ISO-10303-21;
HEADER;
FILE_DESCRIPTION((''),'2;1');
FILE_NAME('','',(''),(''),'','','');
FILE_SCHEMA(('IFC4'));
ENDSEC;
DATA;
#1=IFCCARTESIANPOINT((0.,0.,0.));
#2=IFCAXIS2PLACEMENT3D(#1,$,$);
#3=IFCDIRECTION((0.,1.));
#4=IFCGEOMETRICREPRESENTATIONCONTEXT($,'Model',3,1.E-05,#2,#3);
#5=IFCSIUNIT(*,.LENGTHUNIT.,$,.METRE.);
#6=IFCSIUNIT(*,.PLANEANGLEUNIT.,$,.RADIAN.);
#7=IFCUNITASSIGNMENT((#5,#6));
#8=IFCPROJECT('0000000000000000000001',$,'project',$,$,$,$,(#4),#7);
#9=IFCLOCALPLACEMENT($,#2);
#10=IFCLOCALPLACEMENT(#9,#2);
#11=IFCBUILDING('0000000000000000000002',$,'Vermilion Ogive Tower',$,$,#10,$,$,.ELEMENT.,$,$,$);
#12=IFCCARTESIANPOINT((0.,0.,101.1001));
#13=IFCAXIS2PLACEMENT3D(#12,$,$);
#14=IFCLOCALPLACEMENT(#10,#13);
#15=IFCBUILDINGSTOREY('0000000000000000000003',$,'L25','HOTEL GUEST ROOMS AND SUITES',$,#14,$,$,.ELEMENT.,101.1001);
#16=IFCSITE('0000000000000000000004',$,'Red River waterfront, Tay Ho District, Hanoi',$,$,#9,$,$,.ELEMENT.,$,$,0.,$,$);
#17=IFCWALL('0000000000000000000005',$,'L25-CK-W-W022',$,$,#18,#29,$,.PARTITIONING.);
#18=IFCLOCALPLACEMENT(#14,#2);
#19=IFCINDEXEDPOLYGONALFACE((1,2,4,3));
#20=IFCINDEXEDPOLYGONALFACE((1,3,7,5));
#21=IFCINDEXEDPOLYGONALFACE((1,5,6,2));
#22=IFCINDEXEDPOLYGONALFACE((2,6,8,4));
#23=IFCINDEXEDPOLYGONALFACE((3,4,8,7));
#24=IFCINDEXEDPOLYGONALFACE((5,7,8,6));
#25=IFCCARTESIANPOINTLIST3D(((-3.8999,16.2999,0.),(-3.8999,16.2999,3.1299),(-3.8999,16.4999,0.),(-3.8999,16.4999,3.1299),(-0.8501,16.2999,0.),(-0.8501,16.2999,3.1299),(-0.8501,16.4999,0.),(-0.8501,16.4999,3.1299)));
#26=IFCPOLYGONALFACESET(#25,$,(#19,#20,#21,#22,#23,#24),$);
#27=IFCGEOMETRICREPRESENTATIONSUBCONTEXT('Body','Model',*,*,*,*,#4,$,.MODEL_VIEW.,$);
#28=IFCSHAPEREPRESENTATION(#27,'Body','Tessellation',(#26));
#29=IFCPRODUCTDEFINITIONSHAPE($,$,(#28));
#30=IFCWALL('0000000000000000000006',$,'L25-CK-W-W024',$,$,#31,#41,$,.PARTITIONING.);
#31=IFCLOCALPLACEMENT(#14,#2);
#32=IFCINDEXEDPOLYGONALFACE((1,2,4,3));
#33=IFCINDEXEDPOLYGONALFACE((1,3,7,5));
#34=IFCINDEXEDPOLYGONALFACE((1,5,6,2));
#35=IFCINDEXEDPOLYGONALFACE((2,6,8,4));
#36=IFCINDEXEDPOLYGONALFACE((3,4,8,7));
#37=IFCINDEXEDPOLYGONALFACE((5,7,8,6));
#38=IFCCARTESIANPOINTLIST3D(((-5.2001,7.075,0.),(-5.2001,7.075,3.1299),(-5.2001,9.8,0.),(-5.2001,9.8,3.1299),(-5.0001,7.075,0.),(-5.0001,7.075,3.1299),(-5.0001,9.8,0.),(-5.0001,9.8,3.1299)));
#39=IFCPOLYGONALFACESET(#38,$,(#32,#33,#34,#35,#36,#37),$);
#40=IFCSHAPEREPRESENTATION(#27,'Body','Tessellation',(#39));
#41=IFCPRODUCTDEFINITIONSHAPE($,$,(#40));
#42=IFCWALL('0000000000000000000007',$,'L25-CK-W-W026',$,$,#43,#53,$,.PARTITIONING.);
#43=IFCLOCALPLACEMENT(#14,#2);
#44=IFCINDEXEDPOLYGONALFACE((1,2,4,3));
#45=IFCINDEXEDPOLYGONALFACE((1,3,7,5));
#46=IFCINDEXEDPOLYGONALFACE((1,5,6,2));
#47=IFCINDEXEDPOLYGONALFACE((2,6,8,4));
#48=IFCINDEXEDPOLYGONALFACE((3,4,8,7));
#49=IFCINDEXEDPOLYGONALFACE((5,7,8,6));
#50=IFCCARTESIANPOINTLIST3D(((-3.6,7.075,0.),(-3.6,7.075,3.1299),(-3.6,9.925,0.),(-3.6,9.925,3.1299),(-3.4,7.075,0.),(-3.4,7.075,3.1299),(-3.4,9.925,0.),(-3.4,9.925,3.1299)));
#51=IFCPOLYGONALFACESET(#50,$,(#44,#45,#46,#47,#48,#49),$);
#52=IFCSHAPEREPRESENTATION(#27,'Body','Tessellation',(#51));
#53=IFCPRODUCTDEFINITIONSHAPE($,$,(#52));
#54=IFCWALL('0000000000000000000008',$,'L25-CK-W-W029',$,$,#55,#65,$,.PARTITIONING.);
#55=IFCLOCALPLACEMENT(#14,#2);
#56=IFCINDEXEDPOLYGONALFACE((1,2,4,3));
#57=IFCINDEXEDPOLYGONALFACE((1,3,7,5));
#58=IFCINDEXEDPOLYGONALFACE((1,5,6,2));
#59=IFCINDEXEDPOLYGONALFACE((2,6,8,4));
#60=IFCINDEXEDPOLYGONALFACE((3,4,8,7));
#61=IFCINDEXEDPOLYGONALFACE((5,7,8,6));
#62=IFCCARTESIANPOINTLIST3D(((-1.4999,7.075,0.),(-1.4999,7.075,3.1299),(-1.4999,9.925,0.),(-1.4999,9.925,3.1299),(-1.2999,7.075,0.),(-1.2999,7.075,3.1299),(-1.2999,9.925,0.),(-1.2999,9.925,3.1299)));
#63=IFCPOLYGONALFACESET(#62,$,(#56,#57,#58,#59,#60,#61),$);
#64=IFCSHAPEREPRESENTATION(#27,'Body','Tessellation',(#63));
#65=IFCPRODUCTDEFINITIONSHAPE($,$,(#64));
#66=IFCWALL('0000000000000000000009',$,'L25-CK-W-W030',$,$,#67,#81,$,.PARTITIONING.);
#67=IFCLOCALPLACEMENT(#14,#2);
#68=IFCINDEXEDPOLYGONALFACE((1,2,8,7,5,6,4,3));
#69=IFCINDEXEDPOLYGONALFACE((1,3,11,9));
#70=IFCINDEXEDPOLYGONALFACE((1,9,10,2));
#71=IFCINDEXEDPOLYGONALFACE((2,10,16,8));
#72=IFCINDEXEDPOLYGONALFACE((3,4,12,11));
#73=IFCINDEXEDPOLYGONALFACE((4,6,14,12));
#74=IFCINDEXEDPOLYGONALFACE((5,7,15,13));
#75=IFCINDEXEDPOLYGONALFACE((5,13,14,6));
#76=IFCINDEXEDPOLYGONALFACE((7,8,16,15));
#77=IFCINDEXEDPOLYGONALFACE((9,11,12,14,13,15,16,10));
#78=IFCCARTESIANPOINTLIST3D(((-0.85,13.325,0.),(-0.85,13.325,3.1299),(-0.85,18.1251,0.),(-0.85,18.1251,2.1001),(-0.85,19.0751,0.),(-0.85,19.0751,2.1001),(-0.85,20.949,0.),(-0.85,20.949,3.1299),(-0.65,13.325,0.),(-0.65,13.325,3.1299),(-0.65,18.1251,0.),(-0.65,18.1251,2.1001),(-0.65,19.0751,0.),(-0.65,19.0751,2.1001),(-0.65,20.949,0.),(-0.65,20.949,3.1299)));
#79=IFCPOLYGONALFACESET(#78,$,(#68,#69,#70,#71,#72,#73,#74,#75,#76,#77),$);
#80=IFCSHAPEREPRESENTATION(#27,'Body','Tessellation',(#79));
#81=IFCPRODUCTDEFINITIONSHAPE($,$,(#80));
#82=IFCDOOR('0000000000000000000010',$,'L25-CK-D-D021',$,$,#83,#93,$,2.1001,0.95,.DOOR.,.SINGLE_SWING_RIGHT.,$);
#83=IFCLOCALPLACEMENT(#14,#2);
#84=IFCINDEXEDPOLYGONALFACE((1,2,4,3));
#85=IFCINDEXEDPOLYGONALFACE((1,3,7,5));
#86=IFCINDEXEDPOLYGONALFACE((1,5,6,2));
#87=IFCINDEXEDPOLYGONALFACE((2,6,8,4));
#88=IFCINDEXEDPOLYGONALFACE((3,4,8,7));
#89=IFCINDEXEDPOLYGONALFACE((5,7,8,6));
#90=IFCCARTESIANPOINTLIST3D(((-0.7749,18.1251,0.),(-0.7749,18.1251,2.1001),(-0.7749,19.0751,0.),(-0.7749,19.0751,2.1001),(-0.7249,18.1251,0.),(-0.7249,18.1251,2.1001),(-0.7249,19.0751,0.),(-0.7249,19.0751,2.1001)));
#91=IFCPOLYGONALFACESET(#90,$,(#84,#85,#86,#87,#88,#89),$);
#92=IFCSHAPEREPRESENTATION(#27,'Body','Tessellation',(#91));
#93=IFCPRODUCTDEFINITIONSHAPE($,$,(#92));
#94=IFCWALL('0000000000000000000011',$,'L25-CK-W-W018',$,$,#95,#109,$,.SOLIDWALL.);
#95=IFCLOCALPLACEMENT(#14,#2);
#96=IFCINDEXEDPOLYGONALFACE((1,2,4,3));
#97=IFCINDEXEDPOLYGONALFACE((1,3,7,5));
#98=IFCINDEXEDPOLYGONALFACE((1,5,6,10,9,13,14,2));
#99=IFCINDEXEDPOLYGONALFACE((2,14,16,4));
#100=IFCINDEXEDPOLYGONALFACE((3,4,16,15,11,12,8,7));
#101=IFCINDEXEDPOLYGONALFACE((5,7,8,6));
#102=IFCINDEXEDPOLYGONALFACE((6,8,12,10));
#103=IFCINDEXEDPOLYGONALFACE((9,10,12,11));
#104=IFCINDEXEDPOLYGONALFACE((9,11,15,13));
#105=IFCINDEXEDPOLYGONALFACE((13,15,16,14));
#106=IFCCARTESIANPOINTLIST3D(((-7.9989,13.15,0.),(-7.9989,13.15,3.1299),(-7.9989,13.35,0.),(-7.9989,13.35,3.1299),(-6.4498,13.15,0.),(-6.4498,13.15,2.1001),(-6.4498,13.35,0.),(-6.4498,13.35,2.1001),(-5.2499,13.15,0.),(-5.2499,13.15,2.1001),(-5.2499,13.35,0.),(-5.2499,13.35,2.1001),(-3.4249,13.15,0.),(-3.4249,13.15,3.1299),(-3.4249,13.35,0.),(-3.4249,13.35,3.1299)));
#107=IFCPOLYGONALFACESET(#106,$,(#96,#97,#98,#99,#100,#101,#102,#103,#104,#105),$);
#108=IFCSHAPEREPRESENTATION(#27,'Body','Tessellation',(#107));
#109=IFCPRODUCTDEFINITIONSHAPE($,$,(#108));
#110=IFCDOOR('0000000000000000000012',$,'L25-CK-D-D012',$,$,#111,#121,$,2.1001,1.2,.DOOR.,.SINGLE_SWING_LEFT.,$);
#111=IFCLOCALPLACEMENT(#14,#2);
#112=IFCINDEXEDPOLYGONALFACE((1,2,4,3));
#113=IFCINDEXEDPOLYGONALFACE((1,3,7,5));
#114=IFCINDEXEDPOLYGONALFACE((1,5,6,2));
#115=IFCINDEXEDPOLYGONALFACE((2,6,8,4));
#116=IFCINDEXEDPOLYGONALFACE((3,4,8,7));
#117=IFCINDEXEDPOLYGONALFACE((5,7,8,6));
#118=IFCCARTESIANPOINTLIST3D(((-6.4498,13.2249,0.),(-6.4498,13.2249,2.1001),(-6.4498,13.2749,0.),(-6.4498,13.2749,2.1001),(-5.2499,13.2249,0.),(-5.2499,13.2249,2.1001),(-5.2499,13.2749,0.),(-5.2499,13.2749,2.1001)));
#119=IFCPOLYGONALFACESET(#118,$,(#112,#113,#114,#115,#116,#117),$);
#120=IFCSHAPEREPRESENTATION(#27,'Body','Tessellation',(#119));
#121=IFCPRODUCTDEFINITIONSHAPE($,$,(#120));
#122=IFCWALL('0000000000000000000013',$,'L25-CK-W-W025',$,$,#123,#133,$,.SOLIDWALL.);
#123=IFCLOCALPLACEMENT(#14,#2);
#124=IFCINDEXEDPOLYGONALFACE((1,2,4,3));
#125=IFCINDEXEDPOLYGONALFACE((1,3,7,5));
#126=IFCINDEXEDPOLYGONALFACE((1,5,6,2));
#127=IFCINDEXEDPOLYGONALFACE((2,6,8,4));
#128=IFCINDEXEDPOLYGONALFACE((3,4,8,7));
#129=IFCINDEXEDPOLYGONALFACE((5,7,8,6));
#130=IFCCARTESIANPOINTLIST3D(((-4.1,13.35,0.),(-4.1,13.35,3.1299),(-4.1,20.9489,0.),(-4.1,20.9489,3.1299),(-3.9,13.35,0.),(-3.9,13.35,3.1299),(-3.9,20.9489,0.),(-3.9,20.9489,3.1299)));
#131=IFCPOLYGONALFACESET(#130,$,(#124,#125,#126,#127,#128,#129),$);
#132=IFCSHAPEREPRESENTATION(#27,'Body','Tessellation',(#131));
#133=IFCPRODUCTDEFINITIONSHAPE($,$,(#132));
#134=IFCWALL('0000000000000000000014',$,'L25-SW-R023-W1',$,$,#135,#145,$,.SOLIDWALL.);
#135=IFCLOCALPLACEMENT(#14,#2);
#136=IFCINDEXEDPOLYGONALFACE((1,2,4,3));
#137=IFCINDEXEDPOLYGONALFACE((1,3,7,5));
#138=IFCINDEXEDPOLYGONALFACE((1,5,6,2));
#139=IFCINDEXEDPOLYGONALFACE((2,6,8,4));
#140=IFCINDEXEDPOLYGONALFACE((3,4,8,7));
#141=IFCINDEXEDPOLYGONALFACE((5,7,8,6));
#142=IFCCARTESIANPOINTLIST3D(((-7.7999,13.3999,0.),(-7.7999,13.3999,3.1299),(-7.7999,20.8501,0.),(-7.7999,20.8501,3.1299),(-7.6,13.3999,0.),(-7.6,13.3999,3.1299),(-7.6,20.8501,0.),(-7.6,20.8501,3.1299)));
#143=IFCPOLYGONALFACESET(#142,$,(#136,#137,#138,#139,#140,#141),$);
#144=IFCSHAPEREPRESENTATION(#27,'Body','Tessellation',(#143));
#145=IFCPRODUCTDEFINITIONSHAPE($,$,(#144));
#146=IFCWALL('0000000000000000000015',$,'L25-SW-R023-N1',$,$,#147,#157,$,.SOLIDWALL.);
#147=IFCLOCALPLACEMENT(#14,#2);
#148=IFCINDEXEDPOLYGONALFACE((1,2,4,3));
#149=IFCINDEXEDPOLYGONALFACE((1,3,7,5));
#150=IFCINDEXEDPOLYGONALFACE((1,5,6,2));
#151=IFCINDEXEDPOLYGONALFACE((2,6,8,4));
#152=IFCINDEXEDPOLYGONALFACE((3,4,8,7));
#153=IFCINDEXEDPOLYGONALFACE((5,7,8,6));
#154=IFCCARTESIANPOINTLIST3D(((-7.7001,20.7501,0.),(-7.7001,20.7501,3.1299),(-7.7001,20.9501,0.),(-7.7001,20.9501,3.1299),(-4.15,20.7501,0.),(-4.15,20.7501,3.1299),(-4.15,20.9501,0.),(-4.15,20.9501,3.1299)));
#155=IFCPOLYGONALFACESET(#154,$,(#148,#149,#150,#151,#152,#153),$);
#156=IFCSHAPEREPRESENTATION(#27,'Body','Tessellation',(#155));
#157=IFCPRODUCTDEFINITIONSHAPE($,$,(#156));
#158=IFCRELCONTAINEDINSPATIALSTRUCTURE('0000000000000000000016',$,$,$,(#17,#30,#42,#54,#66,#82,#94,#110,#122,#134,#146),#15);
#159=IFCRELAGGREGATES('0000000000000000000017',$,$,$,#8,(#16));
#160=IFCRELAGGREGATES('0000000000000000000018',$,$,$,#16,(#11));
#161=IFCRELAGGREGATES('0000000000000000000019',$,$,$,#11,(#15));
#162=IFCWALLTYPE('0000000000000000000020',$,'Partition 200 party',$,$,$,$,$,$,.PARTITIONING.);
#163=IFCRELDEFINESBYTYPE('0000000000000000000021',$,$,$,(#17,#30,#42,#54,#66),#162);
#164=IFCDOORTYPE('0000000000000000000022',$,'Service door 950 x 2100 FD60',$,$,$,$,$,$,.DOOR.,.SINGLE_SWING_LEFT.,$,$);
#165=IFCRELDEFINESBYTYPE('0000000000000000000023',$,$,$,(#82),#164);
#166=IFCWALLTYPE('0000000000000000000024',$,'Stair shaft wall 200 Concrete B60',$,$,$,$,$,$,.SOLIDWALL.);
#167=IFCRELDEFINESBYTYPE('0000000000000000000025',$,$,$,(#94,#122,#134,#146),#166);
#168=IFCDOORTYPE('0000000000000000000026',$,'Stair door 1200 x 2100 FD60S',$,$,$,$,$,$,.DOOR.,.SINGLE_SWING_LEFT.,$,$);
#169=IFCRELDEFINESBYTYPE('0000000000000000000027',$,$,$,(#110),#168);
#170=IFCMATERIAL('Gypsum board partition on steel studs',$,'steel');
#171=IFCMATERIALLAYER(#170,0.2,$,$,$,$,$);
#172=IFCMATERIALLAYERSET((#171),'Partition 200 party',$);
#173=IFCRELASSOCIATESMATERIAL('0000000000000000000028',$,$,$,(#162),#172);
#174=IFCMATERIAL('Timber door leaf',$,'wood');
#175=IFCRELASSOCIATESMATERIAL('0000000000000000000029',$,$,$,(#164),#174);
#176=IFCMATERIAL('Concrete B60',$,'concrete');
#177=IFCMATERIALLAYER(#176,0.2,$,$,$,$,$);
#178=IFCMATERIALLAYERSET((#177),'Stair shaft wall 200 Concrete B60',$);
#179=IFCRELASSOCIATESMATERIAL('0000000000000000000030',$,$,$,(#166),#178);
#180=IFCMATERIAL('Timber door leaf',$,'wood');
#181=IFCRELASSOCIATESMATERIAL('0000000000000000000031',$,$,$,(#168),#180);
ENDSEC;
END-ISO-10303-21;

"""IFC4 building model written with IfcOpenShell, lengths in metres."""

from ifc_helpers import new_model, si_unit, direction, frame, frame_2d, origin, place, context, subcontext, project, spatial, rectangle, extrude, material, layer, layer_set, type_object, element, fill, save


model = new_model("IFC4")

# Units and contexts
model_context = context("Model", 3, precision=1e-05, world=origin(), true_north=direction((0.0, 1.0)))
body_context = subcontext(model_context, "Body", "Model", "MODEL_VIEW")
ifc_project = project(units=[si_unit("LENGTHUNIT", "METRE"), si_unit("PLANEANGLEUNIT", "RADIAN")], contexts=[model_context])

# Site, building, storey
site_placement = place(None, origin())
site = spatial("IfcSite", under=ifc_project, at=site_placement, Name="Red River waterfront, Tay Ho District, Hanoi", CompositionType="ELEMENT", RefElevation=0.0)
building_placement = place(site_placement, origin())
building = spatial("IfcBuilding", under=site, at=building_placement, Name="Vermilion Ogive Tower", CompositionType="ELEMENT")
storey_placement = place(building_placement, frame((0.0, 0.0, 101.1001)))
storey = spatial("IfcBuildingStorey", under=building, at=storey_placement, Name="L25", Description="HOTEL GUEST ROOMS AND SUITES", CompositionType="ELEMENT", Elevation=101.1001)

# Walls
ifc_material_1 = material(Name="Gypsum board partition on steel studs", Category="steel")
ifc_layer_1 = layer(ifc_material_1, 0.2)
ifc_layer_set_1 = layer_set([ifc_layer_1], Name="Partition 200 party")
wall_type_1 = type_object("IfcWallType", Name="Partition 200 party", PredefinedType="PARTITIONING", material=ifc_layer_set_1)
wall_1_placement = place(storey_placement, frame((-3.8999, 16.3999, 0.0), z_axis=(0.0, 0.0, 1.0), x_axis=(1.0, 0.0, 0.0)))
element("IfcWall", 1, at=wall_1_placement, inside=storey, type_object=wall_type_1, Name="L25-CK-W-W022", PredefinedType="PARTITIONING", context=body_context, shape_type="SweptSolid", body=[
    extrude(rectangle(XDim=3.0498, YDim=0.2, at=frame_2d((1.5249, 0.0))), origin(), (0.0, 0.0, 1.0), 3.1299),
])
wall_2_placement = place(storey_placement, frame((-5.1001, 7.075, 0.0), z_axis=(0.0, 0.0, 1.0), x_axis=(0.0, 1.0, 0.0)))
element("IfcWall", 2, at=wall_2_placement, inside=storey, type_object=wall_type_1, Name="L25-CK-W-W024", PredefinedType="PARTITIONING", context=body_context, shape_type="SweptSolid", body=[
    extrude(rectangle(XDim=2.7251, YDim=0.2, at=frame_2d((1.3625, 0.0))), origin(), (0.0, 0.0, 1.0), 3.1299),
])
for number, where, z_axis, x_axis, name in (
    (3, (-3.5, 7.075, 0.0), (0.0, 0.0, 1.0), (0.0, 1.0, 0.0), "L25-CK-W-W026"),
    (4, (-1.3999, 7.075, 0.0), (0.0, 0.0, 1.0), (0.0, 1.0, 0.0), "L25-CK-W-W029"),
):
    element("IfcWall", number, at=place(storey_placement, frame(where, z_axis=z_axis, x_axis=x_axis)), inside=storey, type_object=wall_type_1, Name=name, PredefinedType="PARTITIONING", context=body_context, shape_type="SweptSolid", body=[
        extrude(rectangle(XDim=2.8501, YDim=0.2, at=frame_2d((1.425, 0.0))), origin(), (0.0, 0.0, 1.0), 3.1299),
    ])

# Walls, openings, doors
wall_3_placement = place(storey_placement, frame((-0.75, 13.325, 0.0), z_axis=(0.0, 0.0, 1.0), x_axis=(0.0, 1.0, 0.0)))
wall_3 = element("IfcWall", 5, at=wall_3_placement, inside=storey, type_object=wall_type_1, Name="L25-CK-W-W030", PredefinedType="PARTITIONING", context=body_context, shape_type="SweptSolid", body=[
    extrude(rectangle(XDim=7.624, YDim=0.2, at=frame_2d((3.812, 0.0))), origin(), (0.0, 0.0, 1.0), 3.1299),
])
opening_1_placement = place(wall_3_placement, frame((4.8, 0.0, 0.0)))
opening_1 = element("IfcOpeningElement", 6, at=opening_1_placement, cuts=wall_3, PredefinedType="OPENING", context=body_context, shape_type="SweptSolid", body=[
    extrude(rectangle(XDim=0.95, YDim=2.1001, at=frame_2d((0.4751, 1.05))), frame((0.0, 0.1099, 0.0), z_axis=(0.0, -1.0, 0.0), x_axis=(1.0, 0.0, 0.0)), (0.0, 0.0, 1.0), 0.22),
])
ifc_material_2 = material(Name="Timber door leaf", Category="wood")
door_type_1 = type_object("IfcDoorType", Name="Service door 950 x 2100 FD60", OperationType="SINGLE_SWING_LEFT", PredefinedType="DOOR", material=ifc_material_2)
door_1_placement = place(opening_1_placement, origin())
door_1 = element("IfcDoor", 7, at=door_1_placement, inside=storey, type_object=door_type_1, Name="L25-CK-D-D021", OperationType="SINGLE_SWING_RIGHT", OverallHeight=2.1001, OverallWidth=0.95, PredefinedType="DOOR", context=body_context, shape_type="SweptSolid", body=[
    extrude(rectangle(XDim=0.95, YDim=2.1001, at=frame_2d((0.4751, 1.05))), frame((0.0, 0.0249, 0.0), z_axis=(0.0, -1.0, 0.0), x_axis=(1.0, 0.0, 0.0)), (0.0, 0.0, 1.0), 0.05),
])
fill(opening_1, door_1)
ifc_material_3 = material(Name="Concrete B60", Category="concrete")
ifc_layer_2 = layer(ifc_material_3, 0.2)
ifc_layer_set_2 = layer_set([ifc_layer_2], Name="Stair shaft wall 200 Concrete B60")
wall_type_2 = type_object("IfcWallType", Name="Stair shaft wall 200 Concrete B60", PredefinedType="SOLIDWALL", material=ifc_layer_set_2)
wall_4_placement = place(storey_placement, frame((-7.999, 13.25, 0.0), z_axis=(0.0, 0.0, 1.0), x_axis=(1.0, 0.0, 0.0)))
wall_4 = element("IfcWall", 8, at=wall_4_placement, inside=storey, type_object=wall_type_2, Name="L25-CK-W-W018", PredefinedType="SOLIDWALL", context=body_context, shape_type="SweptSolid", body=[
    extrude(rectangle(XDim=4.574, YDim=0.2, at=frame_2d((2.2871, 0.0))), origin(), (0.0, 0.0, 1.0), 3.1299),
])
opening_2_placement = place(wall_4_placement, frame((1.5491, 0.0, 0.0)))
opening_2 = element("IfcOpeningElement", 9, at=opening_2_placement, cuts=wall_4, PredefinedType="OPENING", context=body_context, shape_type="SweptSolid", body=[
    extrude(rectangle(XDim=1.2, YDim=2.1001, at=frame_2d((0.6001, 1.05))), frame((0.0, 0.1099, 0.0), z_axis=(0.0, -1.0, 0.0), x_axis=(1.0, 0.0, 0.0)), (0.0, 0.0, 1.0), 0.22),
])
ifc_material_4 = material(Name="Timber door leaf", Category="wood")
door_type_2 = type_object("IfcDoorType", Name="Stair door 1200 x 2100 FD60S", OperationType="SINGLE_SWING_LEFT", PredefinedType="DOOR", material=ifc_material_4)
door_2_placement = place(opening_2_placement, origin())
door_2 = element("IfcDoor", 10, at=door_2_placement, inside=storey, type_object=door_type_2, Name="L25-CK-D-D012", OperationType="SINGLE_SWING_LEFT", OverallHeight=2.1001, OverallWidth=1.2, PredefinedType="DOOR", context=body_context, shape_type="SweptSolid", body=[
    extrude(rectangle(XDim=1.2, YDim=2.1001, at=frame_2d((0.6001, 1.05))), frame((0.0, 0.0249, 0.0), z_axis=(0.0, -1.0, 0.0), x_axis=(1.0, 0.0, 0.0)), (0.0, 0.0, 1.0), 0.05),
])
fill(opening_2, door_2)

# Walls
wall_5_placement = place(storey_placement, frame((-4.0, 13.3501, 0.0), z_axis=(0.0, 0.0, 1.0), x_axis=(0.0, 1.0, 0.0)))
element("IfcWall", 11, at=wall_5_placement, inside=storey, type_object=wall_type_2, Name="L25-CK-W-W025", PredefinedType="SOLIDWALL", context=body_context, shape_type="SweptSolid", body=[
    extrude(rectangle(XDim=7.5989, YDim=0.2, at=frame_2d((3.7993, 0.0))), origin(), (0.0, 0.0, 1.0), 3.1299),
])
wall_6_placement = place(storey_placement, frame((-7.7, 13.3999, 0.0), z_axis=(0.0, 0.0, 1.0), x_axis=(0.0, 1.0, 0.0)))
element("IfcWall", 12, at=wall_6_placement, inside=storey, type_object=wall_type_2, Name="L25-SW-R023-W1", PredefinedType="SOLIDWALL", context=body_context, shape_type="SweptSolid", body=[
    extrude(rectangle(XDim=7.4502, YDim=0.2, at=frame_2d((3.7251, 0.0))), origin(), (0.0, 0.0, 1.0), 3.1299),
])
wall_7_placement = place(storey_placement, frame((-7.7, 20.8501, 0.0), z_axis=(0.0, 0.0, 1.0), x_axis=(1.0, 0.0, 0.0)))
element("IfcWall", 13, at=wall_7_placement, inside=storey, type_object=wall_type_2, Name="L25-SW-R023-N1", PredefinedType="SOLIDWALL", context=body_context, shape_type="SweptSolid", body=[
    extrude(rectangle(XDim=3.55, YDim=0.2, at=frame_2d((1.7749, 0.0))), origin(), (0.0, 0.0, 1.0), 3.1299),
])

save(model, "model.ifc")
